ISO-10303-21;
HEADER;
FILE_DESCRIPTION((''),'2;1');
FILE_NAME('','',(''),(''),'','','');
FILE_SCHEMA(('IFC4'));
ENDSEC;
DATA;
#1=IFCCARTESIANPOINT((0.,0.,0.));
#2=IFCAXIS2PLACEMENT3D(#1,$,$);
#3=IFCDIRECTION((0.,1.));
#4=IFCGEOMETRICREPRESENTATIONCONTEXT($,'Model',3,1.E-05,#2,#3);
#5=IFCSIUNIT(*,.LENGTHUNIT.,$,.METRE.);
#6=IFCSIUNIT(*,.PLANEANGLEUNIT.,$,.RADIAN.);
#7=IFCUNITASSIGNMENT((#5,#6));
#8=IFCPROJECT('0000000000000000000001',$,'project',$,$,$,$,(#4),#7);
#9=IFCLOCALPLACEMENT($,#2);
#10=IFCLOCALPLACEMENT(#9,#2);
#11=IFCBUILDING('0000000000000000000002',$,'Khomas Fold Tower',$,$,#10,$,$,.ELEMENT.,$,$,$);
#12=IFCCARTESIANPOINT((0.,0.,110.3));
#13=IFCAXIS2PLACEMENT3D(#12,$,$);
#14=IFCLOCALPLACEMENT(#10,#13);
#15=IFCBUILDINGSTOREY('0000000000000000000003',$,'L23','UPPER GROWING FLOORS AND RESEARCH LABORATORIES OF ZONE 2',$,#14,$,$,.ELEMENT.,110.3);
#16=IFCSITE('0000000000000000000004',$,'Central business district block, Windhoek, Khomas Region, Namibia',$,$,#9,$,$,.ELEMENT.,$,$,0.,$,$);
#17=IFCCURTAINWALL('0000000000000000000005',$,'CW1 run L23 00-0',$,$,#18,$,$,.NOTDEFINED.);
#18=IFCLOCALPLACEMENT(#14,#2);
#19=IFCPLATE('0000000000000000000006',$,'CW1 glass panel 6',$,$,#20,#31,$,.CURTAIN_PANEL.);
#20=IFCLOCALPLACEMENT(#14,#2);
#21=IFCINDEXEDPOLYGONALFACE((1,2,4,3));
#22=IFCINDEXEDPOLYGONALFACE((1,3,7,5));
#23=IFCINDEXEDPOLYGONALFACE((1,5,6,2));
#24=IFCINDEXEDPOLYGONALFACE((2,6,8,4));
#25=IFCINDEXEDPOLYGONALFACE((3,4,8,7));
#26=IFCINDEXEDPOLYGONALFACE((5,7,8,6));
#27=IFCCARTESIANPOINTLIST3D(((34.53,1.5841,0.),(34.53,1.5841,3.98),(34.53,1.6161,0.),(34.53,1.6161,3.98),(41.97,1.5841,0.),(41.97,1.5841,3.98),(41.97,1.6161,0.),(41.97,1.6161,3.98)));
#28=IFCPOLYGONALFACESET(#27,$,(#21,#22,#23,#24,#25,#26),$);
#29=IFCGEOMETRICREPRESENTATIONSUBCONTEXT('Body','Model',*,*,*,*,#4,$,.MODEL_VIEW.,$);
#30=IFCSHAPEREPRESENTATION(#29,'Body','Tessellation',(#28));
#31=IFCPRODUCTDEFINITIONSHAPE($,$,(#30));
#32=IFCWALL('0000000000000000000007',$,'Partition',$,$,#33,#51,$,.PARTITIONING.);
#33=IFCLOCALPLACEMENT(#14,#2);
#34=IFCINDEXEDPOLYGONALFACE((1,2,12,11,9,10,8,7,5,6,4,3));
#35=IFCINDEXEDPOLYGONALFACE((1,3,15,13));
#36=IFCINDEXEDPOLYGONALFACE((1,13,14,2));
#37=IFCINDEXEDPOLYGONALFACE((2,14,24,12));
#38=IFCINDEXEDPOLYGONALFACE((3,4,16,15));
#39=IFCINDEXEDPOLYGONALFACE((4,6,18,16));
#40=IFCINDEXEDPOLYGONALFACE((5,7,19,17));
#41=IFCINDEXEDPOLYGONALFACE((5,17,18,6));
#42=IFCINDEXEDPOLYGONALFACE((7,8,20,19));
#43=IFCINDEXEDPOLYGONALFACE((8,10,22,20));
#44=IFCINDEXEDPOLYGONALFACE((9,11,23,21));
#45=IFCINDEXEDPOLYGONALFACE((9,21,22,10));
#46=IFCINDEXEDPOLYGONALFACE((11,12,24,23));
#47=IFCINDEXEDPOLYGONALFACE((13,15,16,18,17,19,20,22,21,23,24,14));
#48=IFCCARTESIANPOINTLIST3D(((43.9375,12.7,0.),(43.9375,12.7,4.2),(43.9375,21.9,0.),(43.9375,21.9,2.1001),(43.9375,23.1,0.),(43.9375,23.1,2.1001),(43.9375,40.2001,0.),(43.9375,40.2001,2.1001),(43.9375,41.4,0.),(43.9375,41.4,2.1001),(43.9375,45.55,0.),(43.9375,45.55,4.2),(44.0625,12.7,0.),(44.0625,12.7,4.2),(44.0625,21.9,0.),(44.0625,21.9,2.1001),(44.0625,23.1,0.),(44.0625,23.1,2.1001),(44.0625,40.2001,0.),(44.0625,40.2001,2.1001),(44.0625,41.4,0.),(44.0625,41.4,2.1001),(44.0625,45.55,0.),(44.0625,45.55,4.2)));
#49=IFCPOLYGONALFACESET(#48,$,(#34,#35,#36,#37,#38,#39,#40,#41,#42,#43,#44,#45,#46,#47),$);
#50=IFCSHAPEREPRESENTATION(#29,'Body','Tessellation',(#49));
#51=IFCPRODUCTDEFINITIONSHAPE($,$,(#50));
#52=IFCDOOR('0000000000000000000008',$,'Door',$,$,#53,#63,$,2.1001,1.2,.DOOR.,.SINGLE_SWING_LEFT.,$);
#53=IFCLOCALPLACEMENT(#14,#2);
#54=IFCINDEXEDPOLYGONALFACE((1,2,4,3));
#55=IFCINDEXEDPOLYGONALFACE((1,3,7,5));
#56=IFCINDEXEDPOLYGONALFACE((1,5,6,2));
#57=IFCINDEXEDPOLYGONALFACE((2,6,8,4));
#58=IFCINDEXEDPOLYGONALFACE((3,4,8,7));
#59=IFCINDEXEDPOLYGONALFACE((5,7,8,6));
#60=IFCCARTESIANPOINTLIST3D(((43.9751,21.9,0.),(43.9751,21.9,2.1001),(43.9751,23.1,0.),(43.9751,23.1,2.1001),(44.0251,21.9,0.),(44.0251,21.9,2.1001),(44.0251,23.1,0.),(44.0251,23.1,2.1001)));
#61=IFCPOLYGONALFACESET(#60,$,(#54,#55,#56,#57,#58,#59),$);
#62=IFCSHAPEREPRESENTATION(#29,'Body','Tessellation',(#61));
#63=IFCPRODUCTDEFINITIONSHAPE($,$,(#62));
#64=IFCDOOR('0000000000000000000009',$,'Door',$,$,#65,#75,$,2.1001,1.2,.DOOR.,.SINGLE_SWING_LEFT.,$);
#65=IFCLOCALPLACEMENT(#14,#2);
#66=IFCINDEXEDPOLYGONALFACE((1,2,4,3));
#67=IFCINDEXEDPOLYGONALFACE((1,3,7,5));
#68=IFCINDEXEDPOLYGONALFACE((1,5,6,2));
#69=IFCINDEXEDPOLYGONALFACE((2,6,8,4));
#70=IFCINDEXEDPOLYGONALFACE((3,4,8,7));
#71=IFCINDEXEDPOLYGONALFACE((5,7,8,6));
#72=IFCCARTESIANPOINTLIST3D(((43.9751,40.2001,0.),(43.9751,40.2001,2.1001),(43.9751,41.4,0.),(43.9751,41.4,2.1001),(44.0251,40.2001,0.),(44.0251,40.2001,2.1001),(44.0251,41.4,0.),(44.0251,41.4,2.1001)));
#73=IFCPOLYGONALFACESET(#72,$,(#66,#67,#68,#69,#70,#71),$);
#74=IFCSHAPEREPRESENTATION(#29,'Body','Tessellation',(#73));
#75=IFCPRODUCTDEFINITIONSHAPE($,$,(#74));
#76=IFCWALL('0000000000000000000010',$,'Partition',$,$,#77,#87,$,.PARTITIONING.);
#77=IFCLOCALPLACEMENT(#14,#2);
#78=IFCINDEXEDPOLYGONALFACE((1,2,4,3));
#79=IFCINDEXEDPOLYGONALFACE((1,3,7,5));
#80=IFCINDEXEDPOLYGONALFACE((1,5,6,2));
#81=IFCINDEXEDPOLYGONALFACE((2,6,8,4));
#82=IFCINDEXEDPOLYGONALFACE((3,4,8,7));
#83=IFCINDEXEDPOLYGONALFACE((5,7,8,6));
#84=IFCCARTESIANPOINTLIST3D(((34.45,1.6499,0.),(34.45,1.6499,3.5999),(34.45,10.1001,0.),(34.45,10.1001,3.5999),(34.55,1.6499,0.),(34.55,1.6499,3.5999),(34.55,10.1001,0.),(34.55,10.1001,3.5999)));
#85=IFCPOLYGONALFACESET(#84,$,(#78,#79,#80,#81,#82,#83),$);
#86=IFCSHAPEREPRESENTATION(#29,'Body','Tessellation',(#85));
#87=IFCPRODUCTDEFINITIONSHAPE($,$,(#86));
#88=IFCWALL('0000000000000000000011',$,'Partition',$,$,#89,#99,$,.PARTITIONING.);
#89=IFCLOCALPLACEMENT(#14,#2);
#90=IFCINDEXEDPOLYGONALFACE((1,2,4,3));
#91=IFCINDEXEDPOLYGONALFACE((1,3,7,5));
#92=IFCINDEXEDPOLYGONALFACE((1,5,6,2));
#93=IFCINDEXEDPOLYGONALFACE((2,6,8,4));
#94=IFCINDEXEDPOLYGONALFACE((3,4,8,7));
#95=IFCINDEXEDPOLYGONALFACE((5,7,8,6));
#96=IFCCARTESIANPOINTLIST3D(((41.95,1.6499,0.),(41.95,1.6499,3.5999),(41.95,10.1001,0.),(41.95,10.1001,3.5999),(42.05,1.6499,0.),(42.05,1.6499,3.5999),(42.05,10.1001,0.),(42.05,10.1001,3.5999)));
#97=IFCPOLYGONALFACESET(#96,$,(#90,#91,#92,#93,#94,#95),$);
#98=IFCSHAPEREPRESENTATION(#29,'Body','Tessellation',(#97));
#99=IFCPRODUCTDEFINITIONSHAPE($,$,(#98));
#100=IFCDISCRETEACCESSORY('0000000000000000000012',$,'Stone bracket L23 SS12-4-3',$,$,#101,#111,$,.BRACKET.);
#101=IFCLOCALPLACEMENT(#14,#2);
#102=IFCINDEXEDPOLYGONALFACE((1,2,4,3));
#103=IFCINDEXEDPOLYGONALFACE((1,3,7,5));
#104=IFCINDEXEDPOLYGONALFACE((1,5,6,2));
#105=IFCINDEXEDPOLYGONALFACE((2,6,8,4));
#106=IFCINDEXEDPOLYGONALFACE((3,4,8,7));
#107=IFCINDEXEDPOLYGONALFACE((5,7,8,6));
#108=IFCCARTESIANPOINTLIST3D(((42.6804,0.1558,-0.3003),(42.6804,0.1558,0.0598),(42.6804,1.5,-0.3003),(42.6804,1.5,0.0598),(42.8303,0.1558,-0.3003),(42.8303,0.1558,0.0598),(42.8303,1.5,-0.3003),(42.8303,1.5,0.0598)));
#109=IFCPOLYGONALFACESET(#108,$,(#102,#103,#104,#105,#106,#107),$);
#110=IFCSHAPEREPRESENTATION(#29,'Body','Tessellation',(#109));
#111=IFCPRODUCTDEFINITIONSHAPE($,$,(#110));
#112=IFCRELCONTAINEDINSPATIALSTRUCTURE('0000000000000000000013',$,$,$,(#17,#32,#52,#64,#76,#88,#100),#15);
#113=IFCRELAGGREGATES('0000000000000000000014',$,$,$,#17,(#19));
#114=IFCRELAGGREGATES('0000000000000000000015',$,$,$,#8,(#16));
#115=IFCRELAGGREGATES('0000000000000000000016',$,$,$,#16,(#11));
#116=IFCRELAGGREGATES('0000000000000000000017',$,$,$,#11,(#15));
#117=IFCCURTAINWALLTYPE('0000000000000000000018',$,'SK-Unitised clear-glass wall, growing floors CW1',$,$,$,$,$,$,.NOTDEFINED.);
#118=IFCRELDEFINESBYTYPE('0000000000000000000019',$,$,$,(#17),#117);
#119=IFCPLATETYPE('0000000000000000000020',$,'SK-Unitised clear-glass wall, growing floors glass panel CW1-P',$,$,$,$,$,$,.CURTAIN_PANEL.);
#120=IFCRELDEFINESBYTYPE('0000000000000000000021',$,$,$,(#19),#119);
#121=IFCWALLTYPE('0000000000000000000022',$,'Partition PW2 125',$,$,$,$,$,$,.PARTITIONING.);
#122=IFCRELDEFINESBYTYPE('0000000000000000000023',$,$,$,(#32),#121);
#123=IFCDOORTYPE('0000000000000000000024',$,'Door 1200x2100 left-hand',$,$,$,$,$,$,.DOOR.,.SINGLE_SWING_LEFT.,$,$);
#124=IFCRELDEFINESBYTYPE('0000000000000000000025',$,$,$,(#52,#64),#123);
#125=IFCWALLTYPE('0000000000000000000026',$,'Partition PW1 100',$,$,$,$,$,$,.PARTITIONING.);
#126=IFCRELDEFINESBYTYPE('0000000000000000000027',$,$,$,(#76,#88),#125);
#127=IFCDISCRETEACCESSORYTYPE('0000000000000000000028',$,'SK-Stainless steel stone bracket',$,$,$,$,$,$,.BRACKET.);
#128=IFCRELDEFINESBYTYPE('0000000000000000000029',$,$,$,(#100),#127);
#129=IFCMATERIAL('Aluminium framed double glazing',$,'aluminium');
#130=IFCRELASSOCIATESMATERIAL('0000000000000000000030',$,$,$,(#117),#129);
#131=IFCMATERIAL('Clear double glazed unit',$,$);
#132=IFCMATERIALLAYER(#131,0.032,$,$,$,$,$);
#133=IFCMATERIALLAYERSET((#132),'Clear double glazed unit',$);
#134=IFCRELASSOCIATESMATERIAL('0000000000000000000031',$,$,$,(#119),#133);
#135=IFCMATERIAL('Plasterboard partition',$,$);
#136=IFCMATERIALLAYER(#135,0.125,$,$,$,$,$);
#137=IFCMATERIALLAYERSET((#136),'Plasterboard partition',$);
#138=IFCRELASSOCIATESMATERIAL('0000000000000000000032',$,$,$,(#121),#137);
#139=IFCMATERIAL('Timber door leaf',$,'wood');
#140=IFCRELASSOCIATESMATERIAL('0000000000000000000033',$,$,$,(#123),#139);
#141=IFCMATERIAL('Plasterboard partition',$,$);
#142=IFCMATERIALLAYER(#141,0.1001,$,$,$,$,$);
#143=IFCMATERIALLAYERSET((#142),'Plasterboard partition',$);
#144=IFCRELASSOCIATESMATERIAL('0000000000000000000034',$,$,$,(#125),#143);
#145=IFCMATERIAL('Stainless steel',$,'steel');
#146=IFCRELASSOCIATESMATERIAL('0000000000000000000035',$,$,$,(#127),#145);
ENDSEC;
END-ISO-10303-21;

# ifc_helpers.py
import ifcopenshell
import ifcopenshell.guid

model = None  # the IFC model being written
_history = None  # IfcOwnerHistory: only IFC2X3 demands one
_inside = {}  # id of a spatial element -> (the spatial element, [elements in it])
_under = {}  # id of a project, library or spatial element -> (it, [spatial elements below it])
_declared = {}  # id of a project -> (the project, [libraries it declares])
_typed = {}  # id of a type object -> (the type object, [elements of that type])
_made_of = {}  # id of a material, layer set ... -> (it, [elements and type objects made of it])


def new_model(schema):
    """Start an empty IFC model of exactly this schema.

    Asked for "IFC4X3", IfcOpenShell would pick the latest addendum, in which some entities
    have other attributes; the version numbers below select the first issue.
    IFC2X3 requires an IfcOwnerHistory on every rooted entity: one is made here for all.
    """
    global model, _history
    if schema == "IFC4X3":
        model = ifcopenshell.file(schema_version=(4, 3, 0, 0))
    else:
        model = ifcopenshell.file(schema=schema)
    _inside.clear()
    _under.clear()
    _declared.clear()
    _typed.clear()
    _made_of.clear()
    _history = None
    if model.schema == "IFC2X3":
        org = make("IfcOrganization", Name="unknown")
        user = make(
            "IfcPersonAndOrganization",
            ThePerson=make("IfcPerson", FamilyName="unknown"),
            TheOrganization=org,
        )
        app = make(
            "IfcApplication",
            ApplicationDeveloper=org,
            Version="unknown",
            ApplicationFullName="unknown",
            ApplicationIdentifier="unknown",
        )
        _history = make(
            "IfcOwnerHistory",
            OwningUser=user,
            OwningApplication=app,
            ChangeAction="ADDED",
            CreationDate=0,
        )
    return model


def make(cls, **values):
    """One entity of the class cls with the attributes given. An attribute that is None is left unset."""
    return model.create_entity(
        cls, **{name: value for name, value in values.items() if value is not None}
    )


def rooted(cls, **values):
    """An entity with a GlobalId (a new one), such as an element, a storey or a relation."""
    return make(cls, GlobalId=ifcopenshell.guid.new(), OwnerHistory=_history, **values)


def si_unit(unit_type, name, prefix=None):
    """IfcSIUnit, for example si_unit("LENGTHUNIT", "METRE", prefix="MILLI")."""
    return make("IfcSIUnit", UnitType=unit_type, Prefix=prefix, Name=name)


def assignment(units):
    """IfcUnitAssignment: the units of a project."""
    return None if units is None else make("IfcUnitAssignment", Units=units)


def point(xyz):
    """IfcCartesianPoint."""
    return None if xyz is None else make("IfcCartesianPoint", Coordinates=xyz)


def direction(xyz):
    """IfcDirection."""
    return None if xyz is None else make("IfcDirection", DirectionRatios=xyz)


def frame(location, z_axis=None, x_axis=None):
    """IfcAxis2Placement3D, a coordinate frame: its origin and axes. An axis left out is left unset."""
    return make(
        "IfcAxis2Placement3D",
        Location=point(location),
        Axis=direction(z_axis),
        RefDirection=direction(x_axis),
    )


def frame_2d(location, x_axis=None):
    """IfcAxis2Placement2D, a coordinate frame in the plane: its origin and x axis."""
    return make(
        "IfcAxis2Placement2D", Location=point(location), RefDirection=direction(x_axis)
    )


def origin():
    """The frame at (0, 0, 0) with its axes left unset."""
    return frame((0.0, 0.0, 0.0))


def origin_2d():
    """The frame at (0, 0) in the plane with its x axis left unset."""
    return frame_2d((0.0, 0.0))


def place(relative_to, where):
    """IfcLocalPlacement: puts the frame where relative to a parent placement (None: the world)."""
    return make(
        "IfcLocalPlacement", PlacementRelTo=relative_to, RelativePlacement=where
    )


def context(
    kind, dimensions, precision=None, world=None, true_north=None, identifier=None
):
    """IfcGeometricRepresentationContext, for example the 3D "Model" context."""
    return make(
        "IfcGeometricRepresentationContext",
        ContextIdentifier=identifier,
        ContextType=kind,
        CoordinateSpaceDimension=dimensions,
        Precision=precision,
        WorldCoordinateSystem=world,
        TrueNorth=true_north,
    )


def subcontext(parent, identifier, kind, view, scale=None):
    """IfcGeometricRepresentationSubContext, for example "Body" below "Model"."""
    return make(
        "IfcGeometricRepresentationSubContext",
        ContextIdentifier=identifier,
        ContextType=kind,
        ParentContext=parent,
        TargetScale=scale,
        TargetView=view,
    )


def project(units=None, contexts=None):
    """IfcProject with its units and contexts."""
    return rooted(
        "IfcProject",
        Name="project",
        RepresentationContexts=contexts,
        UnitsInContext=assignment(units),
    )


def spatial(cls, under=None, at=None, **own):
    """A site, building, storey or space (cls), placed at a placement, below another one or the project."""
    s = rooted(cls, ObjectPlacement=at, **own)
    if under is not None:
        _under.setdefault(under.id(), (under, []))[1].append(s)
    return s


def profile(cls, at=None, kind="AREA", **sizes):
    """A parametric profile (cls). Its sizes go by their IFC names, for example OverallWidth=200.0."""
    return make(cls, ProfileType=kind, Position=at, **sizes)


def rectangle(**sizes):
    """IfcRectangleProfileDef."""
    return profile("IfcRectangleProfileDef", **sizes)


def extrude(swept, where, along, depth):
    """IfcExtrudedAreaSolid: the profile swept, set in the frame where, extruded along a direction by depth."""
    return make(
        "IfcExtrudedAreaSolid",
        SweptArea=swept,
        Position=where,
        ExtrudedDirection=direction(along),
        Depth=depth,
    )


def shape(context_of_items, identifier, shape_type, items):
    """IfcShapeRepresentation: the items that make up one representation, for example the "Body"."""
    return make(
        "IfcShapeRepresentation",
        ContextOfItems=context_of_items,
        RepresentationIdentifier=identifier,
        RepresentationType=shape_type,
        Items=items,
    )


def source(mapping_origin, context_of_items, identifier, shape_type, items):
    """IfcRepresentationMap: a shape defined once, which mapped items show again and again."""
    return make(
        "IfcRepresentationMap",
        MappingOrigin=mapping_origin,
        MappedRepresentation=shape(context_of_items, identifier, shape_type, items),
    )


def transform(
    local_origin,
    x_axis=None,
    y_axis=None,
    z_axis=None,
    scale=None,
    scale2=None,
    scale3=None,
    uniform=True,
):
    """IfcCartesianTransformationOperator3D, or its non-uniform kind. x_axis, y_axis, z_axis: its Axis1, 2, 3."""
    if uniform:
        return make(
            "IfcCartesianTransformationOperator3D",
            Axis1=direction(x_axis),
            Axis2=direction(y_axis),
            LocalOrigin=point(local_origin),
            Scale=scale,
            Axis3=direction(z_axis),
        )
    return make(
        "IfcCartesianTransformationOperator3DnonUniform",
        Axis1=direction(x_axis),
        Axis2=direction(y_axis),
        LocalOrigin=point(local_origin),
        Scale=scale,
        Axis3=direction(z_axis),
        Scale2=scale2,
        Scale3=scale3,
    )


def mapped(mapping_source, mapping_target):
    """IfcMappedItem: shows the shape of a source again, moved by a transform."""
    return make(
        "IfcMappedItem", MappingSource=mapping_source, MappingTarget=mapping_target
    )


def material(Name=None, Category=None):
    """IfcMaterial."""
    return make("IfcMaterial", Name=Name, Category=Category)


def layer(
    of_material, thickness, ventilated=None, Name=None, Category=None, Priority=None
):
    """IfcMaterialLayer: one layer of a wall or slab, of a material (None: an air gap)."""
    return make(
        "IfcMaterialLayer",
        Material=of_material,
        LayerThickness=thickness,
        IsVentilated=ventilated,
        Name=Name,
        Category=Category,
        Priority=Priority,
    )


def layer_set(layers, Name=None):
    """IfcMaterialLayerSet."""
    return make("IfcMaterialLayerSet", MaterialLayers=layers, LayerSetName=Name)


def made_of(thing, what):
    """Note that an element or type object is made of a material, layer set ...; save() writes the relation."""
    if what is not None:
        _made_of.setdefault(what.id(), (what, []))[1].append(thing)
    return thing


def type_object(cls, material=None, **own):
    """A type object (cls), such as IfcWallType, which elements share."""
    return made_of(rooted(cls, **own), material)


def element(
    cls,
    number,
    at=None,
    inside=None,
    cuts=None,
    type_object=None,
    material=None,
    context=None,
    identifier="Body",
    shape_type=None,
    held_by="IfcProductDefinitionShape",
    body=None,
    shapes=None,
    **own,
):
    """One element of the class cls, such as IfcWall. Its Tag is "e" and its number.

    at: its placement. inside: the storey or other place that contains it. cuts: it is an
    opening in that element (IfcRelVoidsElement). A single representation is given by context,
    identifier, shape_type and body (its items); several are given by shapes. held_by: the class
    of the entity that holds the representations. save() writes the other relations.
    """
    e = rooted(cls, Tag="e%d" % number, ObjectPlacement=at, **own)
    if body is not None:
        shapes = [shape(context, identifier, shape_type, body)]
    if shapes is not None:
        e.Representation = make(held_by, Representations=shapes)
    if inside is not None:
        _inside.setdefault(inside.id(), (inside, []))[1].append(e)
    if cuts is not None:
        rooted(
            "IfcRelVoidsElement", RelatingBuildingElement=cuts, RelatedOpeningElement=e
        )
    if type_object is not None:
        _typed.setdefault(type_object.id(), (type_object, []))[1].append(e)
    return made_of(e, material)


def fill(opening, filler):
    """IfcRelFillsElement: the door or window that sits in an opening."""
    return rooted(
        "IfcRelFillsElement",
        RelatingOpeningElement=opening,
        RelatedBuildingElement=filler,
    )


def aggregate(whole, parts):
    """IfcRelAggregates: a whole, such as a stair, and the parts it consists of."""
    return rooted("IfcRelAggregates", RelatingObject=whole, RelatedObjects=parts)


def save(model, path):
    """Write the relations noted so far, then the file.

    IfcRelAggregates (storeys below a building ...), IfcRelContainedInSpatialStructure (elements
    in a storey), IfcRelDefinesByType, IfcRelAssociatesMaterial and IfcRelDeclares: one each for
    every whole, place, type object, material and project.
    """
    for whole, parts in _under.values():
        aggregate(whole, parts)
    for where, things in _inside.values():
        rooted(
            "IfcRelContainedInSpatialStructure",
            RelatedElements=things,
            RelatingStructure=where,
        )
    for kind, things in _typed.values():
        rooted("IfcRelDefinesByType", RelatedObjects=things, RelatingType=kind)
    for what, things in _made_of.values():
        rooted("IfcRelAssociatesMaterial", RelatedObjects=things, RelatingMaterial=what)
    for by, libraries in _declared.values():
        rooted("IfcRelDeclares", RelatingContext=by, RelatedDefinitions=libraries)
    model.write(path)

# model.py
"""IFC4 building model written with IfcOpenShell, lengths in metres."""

from ifc_helpers import new_model, si_unit, direction, frame, frame_2d, origin, origin_2d, place, context, subcontext, project, spatial, rectangle, extrude, source, transform, mapped, material, layer, layer_set, type_object, element, fill, aggregate, save


model = new_model("IFC4")

# Units and contexts
model_context = context("Model", 3, precision=1e-05, world=origin(), true_north=direction((0.0, 1.0)))
body_context = subcontext(model_context, "Body", "Model", "MODEL_VIEW")
ifc_project = project(units=[si_unit("LENGTHUNIT", "METRE"), si_unit("PLANEANGLEUNIT", "RADIAN")], contexts=[model_context])

# Site, building, storey
site_placement = place(None, origin())
site = spatial("IfcSite", under=ifc_project, at=site_placement, Name="Central business district block, Windhoek, Khomas Region, Namibia", CompositionType="ELEMENT", RefElevation=0.0)
building_placement = place(site_placement, origin())
building = spatial("IfcBuilding", under=site, at=building_placement, Name="Khomas Fold Tower", CompositionType="ELEMENT")
storey_placement = place(building_placement, frame((0.0, 0.0, 110.3)))
storey = spatial("IfcBuildingStorey", under=building, at=storey_placement, Name="L23", Description="UPPER GROWING FLOORS AND RESEARCH LABORATORIES OF ZONE 2", CompositionType="ELEMENT", Elevation=110.3)

# Curtain wall, plate
ifc_material_1 = material(Name="Aluminium framed double glazing", Category="aluminium")
curtain_wall_type = type_object("IfcCurtainWallType", Name="SK-Unitised clear-glass wall, growing floors CW1", PredefinedType="NOTDEFINED", material=ifc_material_1)
curtain_wall_placement = place(storey_placement, origin())
curtain_wall = element("IfcCurtainWall", 1, at=curtain_wall_placement, inside=storey, type_object=curtain_wall_type, Name="CW1 run L23 00-0", PredefinedType="NOTDEFINED")
ifc_material_2 = material(Name="Clear double glazed unit")
ifc_layer_1 = layer(ifc_material_2, 0.032)
ifc_layer_set_1 = layer_set([ifc_layer_1], Name="Clear double glazed unit")
plate_type = type_object("IfcPlateType", Name="SK-Unitised clear-glass wall, growing floors glass panel CW1-P", PredefinedType="CURTAIN_PANEL", material=ifc_layer_set_1)
shared_shape_1 = source(origin(), body_context, "Body", "SweptSolid", [
    extrude(rectangle(XDim=7.4399, YDim=0.032, at=origin_2d()), origin(), (0.0, 0.0, 1.0), 3.98),
])
plate_1_placement = place(storey_placement, frame((38.25, 1.6001, 0.0), z_axis=(0.0, 0.0, 1.0), x_axis=(1.0, 0.0, 0.0)))
plate_1 = element("IfcPlate", 2, at=plate_1_placement, type_object=plate_type, Name="CW1 glass panel 6", PredefinedType="CURTAIN_PANEL", context=body_context, shape_type="MappedRepresentation", body=[
    mapped(shared_shape_1, transform((0.0, 0.0, 0.0))),
])
aggregate(curtain_wall, [plate_1])

# Wall, openings, doors
ifc_material_3 = material(Name="Plasterboard partition")
ifc_layer_2 = layer(ifc_material_3, 0.125)
ifc_layer_set_2 = layer_set([ifc_layer_2], Name="Plasterboard partition")
wall_type_1 = type_object("IfcWallType", Name="Partition PW2 125", PredefinedType="PARTITIONING", material=ifc_layer_set_2)
shared_shape_2 = source(origin(), body_context, "Body", "SweptSolid", [
    extrude(rectangle(XDim=32.8501, YDim=0.125, at=frame_2d((16.425, 0.0))), origin(), (0.0, 0.0, 1.0), 4.2),
])
wall_placement = place(storey_placement, frame((44.0, 12.7, 0.0), z_axis=(0.0, 0.0, 1.0), x_axis=(0.0, 1.0, 0.0)))
wall = element("IfcWall", 3, at=wall_placement, inside=storey, type_object=wall_type_1, Name="Partition", PredefinedType="PARTITIONING", context=body_context, shape_type="MappedRepresentation", body=[
    mapped(shared_shape_2, transform((0.0, 0.0, 0.0))),
])
shared_shape_3 = source(origin(), body_context, "Body", "SweptSolid", [
    extrude(rectangle(XDim=1.2, YDim=2.1001, at=frame_2d((0.6001, 1.05))), frame((0.0, 0.0725, 0.0), z_axis=(0.0, -1.0, 0.0), x_axis=(1.0, 0.0, 0.0)), (0.0, 0.0, 1.0), 0.145),
])
opening_1_placement = place(wall_placement, frame((9.2, 0.0, 0.0)))
opening_1 = element("IfcOpeningElement", 4, at=opening_1_placement, cuts=wall, PredefinedType="OPENING", context=body_context, shape_type="MappedRepresentation", body=[
    mapped(shared_shape_3, transform((0.0, 0.0, 0.0))),
])
opening_2_placement = place(wall_placement, frame((27.5, 0.0, 0.0)))
opening_2 = element("IfcOpeningElement", 5, at=opening_2_placement, cuts=wall, PredefinedType="OPENING", context=body_context, shape_type="MappedRepresentation", body=[
    mapped(shared_shape_3, transform((0.0, 0.0, 0.0))),
])
ifc_material_4 = material(Name="Timber door leaf", Category="wood")
door_type = type_object("IfcDoorType", Name="Door 1200x2100 left-hand", OperationType="SINGLE_SWING_LEFT", PredefinedType="DOOR", material=ifc_material_4)
shared_shape_4 = source(origin(), body_context, "Body", "SweptSolid", [
    extrude(rectangle(XDim=1.2, YDim=2.1001, at=frame_2d((0.6001, 1.05))), frame((0.0, 0.0249, 0.0), z_axis=(0.0, -1.0, 0.0), x_axis=(1.0, 0.0, 0.0)), (0.0, 0.0, 1.0), 0.05),
])
door_1_placement = place(opening_1_placement, origin())
door_1 = element("IfcDoor", 6, at=door_1_placement, inside=storey, type_object=door_type, Name="Door", OperationType="SINGLE_SWING_LEFT", OverallHeight=2.1001, OverallWidth=1.2, PredefinedType="DOOR", context=body_context, shape_type="MappedRepresentation", body=[
    mapped(shared_shape_4, transform((0.0, 0.0, 0.0))),
])
fill(opening_1, door_1)
door_2_placement = place(opening_2_placement, origin())
door_2 = element("IfcDoor", 7, at=door_2_placement, inside=storey, type_object=door_type, Name="Door", OperationType="SINGLE_SWING_LEFT", OverallHeight=2.1001, OverallWidth=1.2, PredefinedType="DOOR", context=body_context, shape_type="MappedRepresentation", body=[
    mapped(shared_shape_4, transform((0.0, 0.0, 0.0))),
])
fill(opening_2, door_2)

# Walls
ifc_material_5 = material(Name="Plasterboard partition")
ifc_layer_3 = layer(ifc_material_5, 0.1001)
ifc_layer_set_3 = layer_set([ifc_layer_3], Name="Plasterboard partition")
wall_type_2 = type_object("IfcWallType", Name="Partition PW1 100", PredefinedType="PARTITIONING", material=ifc_layer_set_3)
shared_shape_5 = source(origin(), body_context, "Body", "SweptSolid", [
    extrude(rectangle(XDim=8.4502, YDim=0.1001, at=frame_2d((4.2251, 0.0))), origin(), (0.0, 0.0, 1.0), 3.5999),
])
for number, where, z_axis, x_axis, name in (
    (8, (34.5, 1.6499, 0.0), (0.0, 0.0, 1.0), (0.0, 1.0, 0.0), "Partition"),
    (9, (42.0, 1.6499, 0.0), (0.0, 0.0, 1.0), (0.0, 1.0, 0.0), "Partition"),
):
    element("IfcWall", number, at=place(storey_placement, frame(where, z_axis=z_axis, x_axis=x_axis)), inside=storey, type_object=wall_type_2, Name=name, PredefinedType="PARTITIONING", context=body_context, shape_type="MappedRepresentation", body=[
        mapped(shared_shape_5, transform((0.0, 0.0, 0.0))),
    ])

# Discrete accessory
ifc_material_6 = material(Name="Stainless steel", Category="steel")
discrete_accessory_type = type_object("IfcDiscreteAccessoryType", Name="SK-Stainless steel stone bracket", PredefinedType="BRACKET", material=ifc_material_6)
shared_shape_6 = source(origin(), body_context, "Body", "SweptSolid", [
    extrude(rectangle(XDim=1.3442, YDim=0.1499, at=origin_2d()), origin(), (0.0, 0.0, 1.0), 0.3601),
])
discrete_accessory_placement = place(storey_placement, frame((42.7554, 0.8279, -0.3003), z_axis=(0.0, 0.0, 1.0), x_axis=(0.0, -1.0, 0.0)))
element("IfcDiscreteAccessory", 10, at=discrete_accessory_placement, inside=storey, type_object=discrete_accessory_type, Name="Stone bracket L23 SS12-4-3", PredefinedType="BRACKET", context=body_context, shape_type="MappedRepresentation", body=[
    mapped(shared_shape_6, transform((0.0, 0.0, 0.0))),
])

save(model, "model.ifc")
